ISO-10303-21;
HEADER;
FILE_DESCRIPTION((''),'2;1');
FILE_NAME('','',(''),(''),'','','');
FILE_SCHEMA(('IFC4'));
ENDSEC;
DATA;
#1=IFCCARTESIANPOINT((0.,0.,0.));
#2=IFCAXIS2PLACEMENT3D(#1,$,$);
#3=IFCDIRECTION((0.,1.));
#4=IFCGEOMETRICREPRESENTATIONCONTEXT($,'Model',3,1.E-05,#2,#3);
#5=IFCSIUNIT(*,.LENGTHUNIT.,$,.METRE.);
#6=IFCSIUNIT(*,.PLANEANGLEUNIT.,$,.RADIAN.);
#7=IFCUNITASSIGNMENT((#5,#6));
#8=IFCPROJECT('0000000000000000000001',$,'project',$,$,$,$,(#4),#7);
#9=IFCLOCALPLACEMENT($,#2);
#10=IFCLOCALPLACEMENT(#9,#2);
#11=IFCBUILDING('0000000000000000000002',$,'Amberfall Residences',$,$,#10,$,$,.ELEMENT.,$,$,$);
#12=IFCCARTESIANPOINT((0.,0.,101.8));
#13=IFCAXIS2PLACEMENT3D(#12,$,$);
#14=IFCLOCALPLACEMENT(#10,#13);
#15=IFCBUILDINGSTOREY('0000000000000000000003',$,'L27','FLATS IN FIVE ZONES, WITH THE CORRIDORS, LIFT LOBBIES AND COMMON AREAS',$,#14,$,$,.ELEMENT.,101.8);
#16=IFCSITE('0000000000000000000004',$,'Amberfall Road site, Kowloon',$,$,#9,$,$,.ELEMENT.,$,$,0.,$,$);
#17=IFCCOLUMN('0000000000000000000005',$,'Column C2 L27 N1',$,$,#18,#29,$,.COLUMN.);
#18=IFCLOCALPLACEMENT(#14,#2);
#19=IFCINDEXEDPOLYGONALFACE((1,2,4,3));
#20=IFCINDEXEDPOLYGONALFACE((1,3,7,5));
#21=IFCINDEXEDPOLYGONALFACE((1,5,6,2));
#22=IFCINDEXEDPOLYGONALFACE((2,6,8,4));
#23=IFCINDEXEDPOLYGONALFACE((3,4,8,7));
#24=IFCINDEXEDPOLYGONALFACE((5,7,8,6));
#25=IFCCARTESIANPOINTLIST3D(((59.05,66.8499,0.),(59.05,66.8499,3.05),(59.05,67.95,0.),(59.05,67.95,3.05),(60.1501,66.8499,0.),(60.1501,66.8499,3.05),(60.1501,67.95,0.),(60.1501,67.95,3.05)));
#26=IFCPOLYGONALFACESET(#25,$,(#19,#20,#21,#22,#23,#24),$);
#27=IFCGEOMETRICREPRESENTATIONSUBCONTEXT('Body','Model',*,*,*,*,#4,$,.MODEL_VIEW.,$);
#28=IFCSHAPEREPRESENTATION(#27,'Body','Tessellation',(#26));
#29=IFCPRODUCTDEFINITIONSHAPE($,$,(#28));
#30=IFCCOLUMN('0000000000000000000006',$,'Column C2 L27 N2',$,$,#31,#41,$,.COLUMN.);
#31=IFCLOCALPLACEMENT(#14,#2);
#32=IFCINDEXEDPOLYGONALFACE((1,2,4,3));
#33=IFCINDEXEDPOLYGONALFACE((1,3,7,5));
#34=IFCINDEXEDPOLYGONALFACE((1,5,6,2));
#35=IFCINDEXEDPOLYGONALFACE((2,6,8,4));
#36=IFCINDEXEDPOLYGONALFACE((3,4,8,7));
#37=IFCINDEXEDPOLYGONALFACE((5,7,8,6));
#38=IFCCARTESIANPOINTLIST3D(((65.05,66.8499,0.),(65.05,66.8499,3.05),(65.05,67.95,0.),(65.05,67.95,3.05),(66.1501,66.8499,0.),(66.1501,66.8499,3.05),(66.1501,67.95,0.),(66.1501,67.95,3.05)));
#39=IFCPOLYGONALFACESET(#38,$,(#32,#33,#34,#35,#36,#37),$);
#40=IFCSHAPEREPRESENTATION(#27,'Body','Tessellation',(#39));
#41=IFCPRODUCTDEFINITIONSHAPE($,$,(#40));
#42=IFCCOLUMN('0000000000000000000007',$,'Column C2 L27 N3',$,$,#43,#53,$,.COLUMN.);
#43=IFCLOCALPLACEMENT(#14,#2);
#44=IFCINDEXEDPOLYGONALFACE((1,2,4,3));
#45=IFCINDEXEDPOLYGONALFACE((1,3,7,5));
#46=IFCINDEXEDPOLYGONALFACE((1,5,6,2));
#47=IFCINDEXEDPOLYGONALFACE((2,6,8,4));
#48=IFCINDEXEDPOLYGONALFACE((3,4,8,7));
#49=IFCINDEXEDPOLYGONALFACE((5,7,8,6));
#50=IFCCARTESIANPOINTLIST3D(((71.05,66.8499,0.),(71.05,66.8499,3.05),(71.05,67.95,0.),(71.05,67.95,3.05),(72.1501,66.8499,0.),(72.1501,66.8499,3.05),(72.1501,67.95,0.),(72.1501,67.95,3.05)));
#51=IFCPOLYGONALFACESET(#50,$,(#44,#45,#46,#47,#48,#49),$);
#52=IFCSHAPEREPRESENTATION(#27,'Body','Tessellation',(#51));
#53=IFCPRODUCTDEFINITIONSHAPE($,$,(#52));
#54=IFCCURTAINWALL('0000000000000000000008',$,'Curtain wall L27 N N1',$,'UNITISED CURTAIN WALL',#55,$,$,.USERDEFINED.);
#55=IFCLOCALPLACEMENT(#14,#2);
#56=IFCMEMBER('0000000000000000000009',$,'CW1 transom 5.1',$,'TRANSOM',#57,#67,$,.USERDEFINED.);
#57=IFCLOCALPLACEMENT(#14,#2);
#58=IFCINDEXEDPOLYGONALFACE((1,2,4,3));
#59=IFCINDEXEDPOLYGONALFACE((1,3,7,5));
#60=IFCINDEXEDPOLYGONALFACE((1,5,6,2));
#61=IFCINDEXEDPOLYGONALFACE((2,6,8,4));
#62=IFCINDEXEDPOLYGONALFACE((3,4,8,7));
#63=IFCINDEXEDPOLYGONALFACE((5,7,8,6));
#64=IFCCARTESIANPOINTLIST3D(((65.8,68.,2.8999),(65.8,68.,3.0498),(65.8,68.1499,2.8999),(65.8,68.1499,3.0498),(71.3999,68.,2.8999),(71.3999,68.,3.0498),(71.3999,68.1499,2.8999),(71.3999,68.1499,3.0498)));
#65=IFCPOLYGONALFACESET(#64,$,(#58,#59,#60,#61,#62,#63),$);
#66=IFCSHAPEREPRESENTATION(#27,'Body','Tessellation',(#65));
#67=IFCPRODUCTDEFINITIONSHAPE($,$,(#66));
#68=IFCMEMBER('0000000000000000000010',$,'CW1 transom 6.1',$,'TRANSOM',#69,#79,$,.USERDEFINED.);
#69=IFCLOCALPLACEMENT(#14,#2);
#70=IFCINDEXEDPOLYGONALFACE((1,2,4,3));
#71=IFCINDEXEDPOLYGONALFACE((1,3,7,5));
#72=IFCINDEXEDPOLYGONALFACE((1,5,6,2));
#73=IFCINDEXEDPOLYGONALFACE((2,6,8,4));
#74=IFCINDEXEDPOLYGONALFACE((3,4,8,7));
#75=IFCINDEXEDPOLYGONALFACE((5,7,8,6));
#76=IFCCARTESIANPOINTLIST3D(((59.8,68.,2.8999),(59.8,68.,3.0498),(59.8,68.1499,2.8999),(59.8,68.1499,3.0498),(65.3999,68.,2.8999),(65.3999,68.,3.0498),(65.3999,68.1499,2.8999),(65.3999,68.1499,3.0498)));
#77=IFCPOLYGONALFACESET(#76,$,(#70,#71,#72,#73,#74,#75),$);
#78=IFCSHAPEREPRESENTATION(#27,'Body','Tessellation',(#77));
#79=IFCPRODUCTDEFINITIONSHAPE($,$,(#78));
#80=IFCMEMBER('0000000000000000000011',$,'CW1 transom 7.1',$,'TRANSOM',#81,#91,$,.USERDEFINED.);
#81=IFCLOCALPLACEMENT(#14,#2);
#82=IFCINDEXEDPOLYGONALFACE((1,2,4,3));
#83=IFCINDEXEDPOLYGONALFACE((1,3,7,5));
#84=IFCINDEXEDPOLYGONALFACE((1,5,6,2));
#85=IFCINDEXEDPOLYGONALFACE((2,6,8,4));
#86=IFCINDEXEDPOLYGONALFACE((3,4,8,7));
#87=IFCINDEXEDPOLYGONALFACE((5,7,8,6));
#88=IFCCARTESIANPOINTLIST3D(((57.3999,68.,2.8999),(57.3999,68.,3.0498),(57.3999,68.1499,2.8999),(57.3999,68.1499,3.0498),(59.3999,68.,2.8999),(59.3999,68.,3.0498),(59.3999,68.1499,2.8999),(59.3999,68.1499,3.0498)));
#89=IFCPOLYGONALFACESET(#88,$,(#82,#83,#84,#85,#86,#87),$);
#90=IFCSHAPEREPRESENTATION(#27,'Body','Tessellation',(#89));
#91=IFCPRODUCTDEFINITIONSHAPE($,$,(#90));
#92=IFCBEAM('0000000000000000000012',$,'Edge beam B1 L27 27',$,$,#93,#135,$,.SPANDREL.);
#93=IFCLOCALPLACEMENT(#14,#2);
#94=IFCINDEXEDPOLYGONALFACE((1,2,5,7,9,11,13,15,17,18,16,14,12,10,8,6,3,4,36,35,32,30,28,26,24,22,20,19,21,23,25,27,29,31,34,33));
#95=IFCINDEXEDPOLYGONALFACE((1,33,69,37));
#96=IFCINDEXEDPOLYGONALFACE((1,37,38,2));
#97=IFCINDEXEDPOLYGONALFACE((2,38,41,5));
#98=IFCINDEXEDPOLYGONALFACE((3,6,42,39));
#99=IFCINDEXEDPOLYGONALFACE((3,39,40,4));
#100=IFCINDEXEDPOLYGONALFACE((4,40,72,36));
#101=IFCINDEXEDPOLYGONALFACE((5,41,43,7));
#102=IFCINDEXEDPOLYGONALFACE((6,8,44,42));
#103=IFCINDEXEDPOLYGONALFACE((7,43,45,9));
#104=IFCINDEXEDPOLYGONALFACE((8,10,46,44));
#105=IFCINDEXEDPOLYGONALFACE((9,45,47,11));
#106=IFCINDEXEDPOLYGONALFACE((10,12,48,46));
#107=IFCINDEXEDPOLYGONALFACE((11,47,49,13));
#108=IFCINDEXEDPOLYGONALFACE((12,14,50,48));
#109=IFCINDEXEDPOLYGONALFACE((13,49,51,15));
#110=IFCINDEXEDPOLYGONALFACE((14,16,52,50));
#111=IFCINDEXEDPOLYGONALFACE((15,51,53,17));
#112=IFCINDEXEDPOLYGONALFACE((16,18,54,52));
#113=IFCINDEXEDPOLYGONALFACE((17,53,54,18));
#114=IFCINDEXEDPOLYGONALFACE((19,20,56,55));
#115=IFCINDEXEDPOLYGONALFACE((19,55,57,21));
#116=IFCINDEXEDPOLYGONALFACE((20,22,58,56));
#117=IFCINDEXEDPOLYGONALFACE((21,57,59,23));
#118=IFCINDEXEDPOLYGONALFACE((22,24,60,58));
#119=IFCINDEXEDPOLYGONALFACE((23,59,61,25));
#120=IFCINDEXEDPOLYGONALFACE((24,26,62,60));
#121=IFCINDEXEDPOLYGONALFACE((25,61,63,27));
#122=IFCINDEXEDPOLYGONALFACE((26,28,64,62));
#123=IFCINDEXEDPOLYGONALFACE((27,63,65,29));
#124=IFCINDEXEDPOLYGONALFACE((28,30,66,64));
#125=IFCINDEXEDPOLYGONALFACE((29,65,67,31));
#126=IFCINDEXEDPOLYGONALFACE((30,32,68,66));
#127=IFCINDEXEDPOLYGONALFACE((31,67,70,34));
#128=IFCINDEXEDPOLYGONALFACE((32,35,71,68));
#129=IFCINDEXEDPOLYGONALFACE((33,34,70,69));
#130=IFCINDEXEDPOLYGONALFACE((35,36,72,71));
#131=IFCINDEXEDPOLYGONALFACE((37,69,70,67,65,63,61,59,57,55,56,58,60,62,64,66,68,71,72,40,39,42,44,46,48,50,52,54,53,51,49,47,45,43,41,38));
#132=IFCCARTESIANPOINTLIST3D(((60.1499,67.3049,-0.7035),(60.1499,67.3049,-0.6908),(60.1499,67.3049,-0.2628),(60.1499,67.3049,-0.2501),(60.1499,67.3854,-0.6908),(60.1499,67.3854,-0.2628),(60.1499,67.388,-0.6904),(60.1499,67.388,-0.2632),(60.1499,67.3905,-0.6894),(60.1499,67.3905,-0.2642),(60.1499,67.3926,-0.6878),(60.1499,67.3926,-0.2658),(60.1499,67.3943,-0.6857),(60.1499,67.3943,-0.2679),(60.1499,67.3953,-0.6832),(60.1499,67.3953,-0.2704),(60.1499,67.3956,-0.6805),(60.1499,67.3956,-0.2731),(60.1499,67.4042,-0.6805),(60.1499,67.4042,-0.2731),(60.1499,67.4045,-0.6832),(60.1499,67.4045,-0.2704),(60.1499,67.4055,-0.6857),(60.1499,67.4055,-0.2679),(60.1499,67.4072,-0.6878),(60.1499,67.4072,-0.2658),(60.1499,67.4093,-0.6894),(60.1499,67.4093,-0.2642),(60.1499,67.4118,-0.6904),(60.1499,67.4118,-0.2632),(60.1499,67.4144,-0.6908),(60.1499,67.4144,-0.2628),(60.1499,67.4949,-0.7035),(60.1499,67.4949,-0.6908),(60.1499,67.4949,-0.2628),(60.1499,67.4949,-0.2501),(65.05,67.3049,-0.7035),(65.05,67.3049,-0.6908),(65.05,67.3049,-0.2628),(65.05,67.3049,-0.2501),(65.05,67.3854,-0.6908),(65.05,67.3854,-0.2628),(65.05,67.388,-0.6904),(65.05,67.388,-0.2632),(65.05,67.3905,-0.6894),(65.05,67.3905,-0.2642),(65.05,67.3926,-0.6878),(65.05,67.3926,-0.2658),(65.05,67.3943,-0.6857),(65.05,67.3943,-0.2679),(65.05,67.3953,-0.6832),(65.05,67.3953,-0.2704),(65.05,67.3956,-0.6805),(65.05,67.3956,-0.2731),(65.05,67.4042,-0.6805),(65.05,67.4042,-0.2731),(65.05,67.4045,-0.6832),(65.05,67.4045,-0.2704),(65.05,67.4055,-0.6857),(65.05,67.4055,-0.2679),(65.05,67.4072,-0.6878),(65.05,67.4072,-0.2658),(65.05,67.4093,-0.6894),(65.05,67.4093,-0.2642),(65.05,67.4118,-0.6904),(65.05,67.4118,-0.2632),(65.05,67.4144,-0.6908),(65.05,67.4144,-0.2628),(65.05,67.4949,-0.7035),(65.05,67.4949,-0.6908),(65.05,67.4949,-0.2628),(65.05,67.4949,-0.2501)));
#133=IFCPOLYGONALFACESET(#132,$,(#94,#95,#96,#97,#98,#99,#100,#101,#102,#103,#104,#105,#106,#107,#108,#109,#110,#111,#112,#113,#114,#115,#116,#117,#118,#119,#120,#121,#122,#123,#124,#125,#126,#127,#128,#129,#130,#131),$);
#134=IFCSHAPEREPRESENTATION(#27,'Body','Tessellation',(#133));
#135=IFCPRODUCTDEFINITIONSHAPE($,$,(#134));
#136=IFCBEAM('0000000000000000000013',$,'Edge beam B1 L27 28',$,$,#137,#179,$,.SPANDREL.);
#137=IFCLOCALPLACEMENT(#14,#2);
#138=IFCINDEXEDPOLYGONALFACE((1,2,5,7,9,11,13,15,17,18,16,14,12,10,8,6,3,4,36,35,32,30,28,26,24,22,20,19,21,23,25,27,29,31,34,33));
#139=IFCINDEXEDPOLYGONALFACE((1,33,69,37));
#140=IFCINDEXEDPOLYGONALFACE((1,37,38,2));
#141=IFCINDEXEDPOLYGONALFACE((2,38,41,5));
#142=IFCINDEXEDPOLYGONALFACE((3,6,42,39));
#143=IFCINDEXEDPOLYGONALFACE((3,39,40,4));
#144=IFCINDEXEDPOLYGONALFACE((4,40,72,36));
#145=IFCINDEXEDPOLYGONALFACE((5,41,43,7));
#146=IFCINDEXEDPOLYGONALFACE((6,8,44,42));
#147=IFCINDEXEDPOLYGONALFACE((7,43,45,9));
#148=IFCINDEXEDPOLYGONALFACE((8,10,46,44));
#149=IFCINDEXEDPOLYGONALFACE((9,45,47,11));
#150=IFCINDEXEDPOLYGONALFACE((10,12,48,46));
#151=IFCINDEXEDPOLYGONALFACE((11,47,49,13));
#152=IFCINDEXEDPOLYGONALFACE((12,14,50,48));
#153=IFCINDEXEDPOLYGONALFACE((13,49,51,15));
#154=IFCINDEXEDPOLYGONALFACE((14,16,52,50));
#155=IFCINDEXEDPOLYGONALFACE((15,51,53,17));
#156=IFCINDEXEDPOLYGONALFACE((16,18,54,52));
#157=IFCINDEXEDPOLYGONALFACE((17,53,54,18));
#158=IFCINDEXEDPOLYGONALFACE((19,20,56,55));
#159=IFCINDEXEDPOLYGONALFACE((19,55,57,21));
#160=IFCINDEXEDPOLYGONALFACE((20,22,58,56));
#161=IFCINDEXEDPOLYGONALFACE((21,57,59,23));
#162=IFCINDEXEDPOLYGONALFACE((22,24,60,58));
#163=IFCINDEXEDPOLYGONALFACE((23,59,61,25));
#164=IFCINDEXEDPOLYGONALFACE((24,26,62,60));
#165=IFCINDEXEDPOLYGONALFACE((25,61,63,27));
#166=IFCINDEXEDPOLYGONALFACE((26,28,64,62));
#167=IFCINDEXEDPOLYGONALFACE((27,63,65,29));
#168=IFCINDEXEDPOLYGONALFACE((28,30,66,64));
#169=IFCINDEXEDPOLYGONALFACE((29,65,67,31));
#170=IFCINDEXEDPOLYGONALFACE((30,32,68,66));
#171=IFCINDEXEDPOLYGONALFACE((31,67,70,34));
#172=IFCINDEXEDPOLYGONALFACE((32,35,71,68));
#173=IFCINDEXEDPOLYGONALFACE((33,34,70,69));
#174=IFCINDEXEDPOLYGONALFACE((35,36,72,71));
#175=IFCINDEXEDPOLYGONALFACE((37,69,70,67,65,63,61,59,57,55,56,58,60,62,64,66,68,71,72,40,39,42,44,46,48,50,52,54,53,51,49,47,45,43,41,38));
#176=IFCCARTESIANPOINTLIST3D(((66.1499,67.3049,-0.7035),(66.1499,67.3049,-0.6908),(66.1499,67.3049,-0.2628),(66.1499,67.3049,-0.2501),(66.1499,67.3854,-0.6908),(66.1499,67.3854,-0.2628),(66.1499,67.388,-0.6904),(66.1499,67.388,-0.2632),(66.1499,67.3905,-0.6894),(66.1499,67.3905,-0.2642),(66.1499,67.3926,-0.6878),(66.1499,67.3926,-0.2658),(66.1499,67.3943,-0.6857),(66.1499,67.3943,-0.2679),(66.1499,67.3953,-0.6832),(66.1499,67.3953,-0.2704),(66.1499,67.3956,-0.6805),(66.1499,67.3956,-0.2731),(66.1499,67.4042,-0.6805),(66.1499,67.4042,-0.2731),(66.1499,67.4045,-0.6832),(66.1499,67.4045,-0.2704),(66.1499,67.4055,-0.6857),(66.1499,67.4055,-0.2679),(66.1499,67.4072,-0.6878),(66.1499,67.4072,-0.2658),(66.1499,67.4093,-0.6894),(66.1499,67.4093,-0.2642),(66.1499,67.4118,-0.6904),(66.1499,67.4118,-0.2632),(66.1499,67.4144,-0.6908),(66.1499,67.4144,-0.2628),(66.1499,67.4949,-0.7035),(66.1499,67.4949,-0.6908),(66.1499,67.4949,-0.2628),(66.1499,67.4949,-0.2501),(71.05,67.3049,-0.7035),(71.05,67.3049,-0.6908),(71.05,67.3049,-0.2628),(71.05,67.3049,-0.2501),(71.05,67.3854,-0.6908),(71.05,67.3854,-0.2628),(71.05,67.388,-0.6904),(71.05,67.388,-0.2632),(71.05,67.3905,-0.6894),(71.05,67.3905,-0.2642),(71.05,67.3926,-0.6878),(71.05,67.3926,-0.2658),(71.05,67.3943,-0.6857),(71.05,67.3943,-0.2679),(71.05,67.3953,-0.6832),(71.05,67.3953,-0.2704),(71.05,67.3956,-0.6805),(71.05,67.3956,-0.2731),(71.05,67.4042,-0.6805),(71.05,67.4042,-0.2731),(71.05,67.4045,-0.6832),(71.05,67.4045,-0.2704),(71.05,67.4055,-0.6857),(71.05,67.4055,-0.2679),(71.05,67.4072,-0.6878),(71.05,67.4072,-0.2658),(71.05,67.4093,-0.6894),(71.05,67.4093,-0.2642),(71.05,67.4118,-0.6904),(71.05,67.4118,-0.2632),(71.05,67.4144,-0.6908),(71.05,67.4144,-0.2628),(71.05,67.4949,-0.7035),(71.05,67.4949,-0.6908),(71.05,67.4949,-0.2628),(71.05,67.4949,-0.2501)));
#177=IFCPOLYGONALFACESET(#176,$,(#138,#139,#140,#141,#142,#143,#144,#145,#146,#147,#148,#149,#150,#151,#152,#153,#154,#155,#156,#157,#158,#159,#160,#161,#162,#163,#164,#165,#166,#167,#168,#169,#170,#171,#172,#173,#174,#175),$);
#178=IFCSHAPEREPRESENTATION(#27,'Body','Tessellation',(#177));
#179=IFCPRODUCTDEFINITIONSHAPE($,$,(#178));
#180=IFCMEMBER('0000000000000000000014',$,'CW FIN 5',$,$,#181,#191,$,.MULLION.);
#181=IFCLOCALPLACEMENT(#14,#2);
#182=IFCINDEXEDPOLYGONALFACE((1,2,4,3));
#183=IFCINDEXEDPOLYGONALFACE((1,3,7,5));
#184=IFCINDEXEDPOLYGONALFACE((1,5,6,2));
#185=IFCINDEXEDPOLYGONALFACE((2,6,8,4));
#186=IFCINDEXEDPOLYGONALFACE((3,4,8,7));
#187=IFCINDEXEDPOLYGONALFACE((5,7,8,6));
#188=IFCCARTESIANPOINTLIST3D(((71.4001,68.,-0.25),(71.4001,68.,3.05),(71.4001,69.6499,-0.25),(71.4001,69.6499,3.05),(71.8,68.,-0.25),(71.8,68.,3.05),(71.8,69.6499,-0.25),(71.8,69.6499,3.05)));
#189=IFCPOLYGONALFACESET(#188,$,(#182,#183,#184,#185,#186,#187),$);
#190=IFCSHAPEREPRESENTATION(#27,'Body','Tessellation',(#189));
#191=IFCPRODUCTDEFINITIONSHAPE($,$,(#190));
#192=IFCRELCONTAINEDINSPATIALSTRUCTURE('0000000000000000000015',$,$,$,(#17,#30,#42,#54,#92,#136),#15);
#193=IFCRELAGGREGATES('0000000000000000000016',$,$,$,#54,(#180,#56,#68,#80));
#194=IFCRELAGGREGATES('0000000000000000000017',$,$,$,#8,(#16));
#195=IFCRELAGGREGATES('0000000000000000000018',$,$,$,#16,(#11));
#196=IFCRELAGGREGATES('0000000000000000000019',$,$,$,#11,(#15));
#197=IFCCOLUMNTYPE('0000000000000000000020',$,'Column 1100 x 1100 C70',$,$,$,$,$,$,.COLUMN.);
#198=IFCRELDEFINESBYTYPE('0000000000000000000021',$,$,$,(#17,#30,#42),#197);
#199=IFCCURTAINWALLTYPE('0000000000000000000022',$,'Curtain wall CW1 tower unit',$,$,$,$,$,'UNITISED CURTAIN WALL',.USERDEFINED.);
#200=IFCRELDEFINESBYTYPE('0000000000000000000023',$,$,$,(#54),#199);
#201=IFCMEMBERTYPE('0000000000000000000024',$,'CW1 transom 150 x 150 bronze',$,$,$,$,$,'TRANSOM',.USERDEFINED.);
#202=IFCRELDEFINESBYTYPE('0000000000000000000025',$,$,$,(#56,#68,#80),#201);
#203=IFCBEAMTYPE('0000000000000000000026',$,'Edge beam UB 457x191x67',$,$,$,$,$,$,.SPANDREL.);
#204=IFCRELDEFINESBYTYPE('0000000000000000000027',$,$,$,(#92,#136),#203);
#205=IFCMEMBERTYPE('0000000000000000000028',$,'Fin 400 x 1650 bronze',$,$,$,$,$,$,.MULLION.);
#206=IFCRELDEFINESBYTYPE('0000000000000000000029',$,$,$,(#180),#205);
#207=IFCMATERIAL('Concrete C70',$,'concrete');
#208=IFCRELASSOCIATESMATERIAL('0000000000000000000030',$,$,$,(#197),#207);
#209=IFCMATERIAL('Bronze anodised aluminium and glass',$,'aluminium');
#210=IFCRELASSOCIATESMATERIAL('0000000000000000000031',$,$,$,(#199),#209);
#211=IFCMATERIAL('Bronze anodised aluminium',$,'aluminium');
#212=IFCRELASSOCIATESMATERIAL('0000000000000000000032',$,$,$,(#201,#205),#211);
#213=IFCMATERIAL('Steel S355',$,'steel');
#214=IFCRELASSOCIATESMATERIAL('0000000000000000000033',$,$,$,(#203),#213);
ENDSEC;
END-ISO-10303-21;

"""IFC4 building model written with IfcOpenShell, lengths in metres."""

from ifc_helpers import new_model, si_unit, direction, frame, origin, origin_2d, place, context, subcontext, project, spatial, rectangle, i_section, extrude, material, material_profile, profile_set, type_object, element, aggregate, save


model = new_model("IFC4")

# Units and contexts
model_context = context("Model", 3, precision=1e-05, world=origin(), true_north=direction((0.0, 1.0)))
body_context = subcontext(model_context, "Body", "Model", "MODEL_VIEW")
ifc_project = project(units=[si_unit("LENGTHUNIT", "METRE"), si_unit("PLANEANGLEUNIT", "RADIAN")], contexts=[model_context])

# Site, building, storey
site_placement = place(None, origin())
site = spatial("IfcSite", under=ifc_project, at=site_placement, Name="Amberfall Road site, Kowloon", CompositionType="ELEMENT", RefElevation=0.0)
building_placement = place(site_placement, origin())
building = spatial("IfcBuilding", under=site, at=building_placement, Name="Amberfall Residences", CompositionType="ELEMENT")
storey_placement = place(building_placement, frame((0.0, 0.0, 101.8)))
storey = spatial("IfcBuildingStorey", under=building, at=storey_placement, Name="L27", Description="FLATS IN FIVE ZONES, WITH THE CORRIDORS, LIFT LOBBIES AND COMMON AREAS", CompositionType="ELEMENT", Elevation=101.8)

# Columns
ifc_material_1 = material(Name="Concrete C70", Category="concrete")
ifc_material_profile_1 = material_profile(ifc_material_1, rectangle(XDim=1.1001, YDim=1.1001, at=origin_2d()), Name="Column 1100 x 1100 C70")
ifc_profile_set_1 = profile_set([ifc_material_profile_1], Name="Concrete C70")
column_type = type_object("IfcColumnType", Name="Column 1100 x 1100 C70", PredefinedType="COLUMN", material=ifc_profile_set_1)
for number, where, z_axis, x_axis, name in (
    (1, (59.6001, 67.3999, 0.0), (0.0, 0.0, 1.0), (1.0, 0.0, 0.0), "Column C2 L27 N1"),
    (2, (65.6001, 67.3999, 0.0), (0.0, 0.0, 1.0), (1.0, 0.0, 0.0), "Column C2 L27 N2"),
    (3, (71.6001, 67.3999, 0.0), (0.0, 0.0, 1.0), (1.0, 0.0, 0.0), "Column C2 L27 N3"),
):
    element("IfcColumn", number, at=place(storey_placement, frame(where, z_axis=z_axis, x_axis=x_axis)), inside=storey, type_object=column_type, Name=name, PredefinedType="COLUMN", context=body_context, shape_type="SweptSolid", body=[
        extrude(rectangle(XDim=1.1001, YDim=1.1001, at=origin_2d()), origin(), (0.0, 0.0, 1.0), 3.05),
    ])

# Curtain wall, members
ifc_material_2 = material(Name="Bronze anodised aluminium and glass", Category="aluminium")
curtain_wall_type = type_object("IfcCurtainWallType", Name="Curtain wall CW1 tower unit", ElementType="UNITISED CURTAIN WALL", PredefinedType="USERDEFINED", material=ifc_material_2)
curtain_wall_placement = place(storey_placement, origin())
curtain_wall = element("IfcCurtainWall", 4, at=curtain_wall_placement, inside=storey, type_object=curtain_wall_type, Name="Curtain wall L27 N N1", ObjectType="UNITISED CURTAIN WALL", PredefinedType="USERDEFINED")
ifc_material_3 = material(Name="Bronze anodised aluminium", Category="aluminium")
ifc_material_profile_2 = material_profile(ifc_material_3, rectangle(XDim=0.1499, YDim=0.1499, at=origin_2d()), Name="CW1 transom 150 x 150 bronze")
ifc_profile_set_2 = profile_set([ifc_material_profile_2], Name="Bronze anodised aluminium")
member_type_1 = type_object("IfcMemberType", Name="CW1 transom 150 x 150 bronze", ElementType="TRANSOM", PredefinedType="USERDEFINED", material=ifc_profile_set_2)
member_1_placement = place(storey_placement, frame((71.3999, 68.075, 2.9749), z_axis=(-1.0, 0.0, 0.0), x_axis=(0.0, -1.0, 0.0)))
member_1 = element("IfcMember", 5, at=member_1_placement, type_object=member_type_1, Name="CW1 transom 5.1", ObjectType="TRANSOM", PredefinedType="USERDEFINED", context=body_context, shape_type="SweptSolid", body=[
    extrude(rectangle(XDim=0.1499, YDim=0.1499, at=origin_2d()), origin(), (0.0, 0.0, 1.0), 5.5999),
])
member_2_placement = place(storey_placement, frame((65.3999, 68.075, 2.9749), z_axis=(-1.0, 0.0, 0.0), x_axis=(0.0, -1.0, 0.0)))
member_2 = element("IfcMember", 6, at=member_2_placement, type_object=member_type_1, Name="CW1 transom 6.1", ObjectType="TRANSOM", PredefinedType="USERDEFINED", context=body_context, shape_type="SweptSolid", body=[
    extrude(rectangle(XDim=0.1499, YDim=0.1499, at=origin_2d()), origin(), (0.0, 0.0, 1.0), 5.5999),
])
member_3_placement = place(storey_placement, frame((59.3999, 68.075, 2.9749), z_axis=(-1.0, 0.0, 0.0), x_axis=(0.0, -1.0, 0.0)))
member_3 = element("IfcMember", 7, at=member_3_placement, type_object=member_type_1, Name="CW1 transom 7.1", ObjectType="TRANSOM", PredefinedType="USERDEFINED", context=body_context, shape_type="SweptSolid", body=[
    extrude(rectangle(XDim=0.1499, YDim=0.1499, at=origin_2d()), origin(), (0.0, 0.0, 1.0), 2.0),
])

# Beams
ifc_material_4 = material(Name="Steel S355", Category="steel")
ifc_material_profile_3 = material_profile(ifc_material_4, i_section(OverallWidth=0.1899, OverallDepth=0.4534, WebThickness=0.0085, FlangeThickness=0.0127, FilletRadius=0.0103, at=origin_2d()), Name="UB 457x191x67")
ifc_profile_set_3 = profile_set([ifc_material_profile_3], Name="Steel S355")
beam_type_1 = type_object("IfcBeamType", Name="Edge beam UB 457x191x67", PredefinedType="SPANDREL", material=ifc_profile_set_3)
for number, where, z_axis, x_axis, name in (
    (8, (60.1499, 67.3999, -0.4768), (1.0, 0.0, 0.0), (0.0, 1.0, 0.0), "Edge beam B1 L27 27"),
    (9, (66.1499, 67.3999, -0.4768), (1.0, 0.0, 0.0), (0.0, 1.0, 0.0), "Edge beam B1 L27 28"),
):
    element("IfcBeam", number, at=place(storey_placement, frame(where, z_axis=z_axis, x_axis=x_axis)), inside=storey, type_object=beam_type_1, Name=name, PredefinedType="SPANDREL", context=body_context, shape_type="SweptSolid", body=[
        extrude(i_section(OverallWidth=0.1899, OverallDepth=0.4534, WebThickness=0.0085, FlangeThickness=0.0127, FilletRadius=0.0103, at=origin_2d()), origin(), (0.0, 0.0, 1.0), 4.9001),
    ])

# Member
ifc_material_profile_4 = material_profile(ifc_material_3, rectangle(XDim=1.6499, YDim=0.3999, at=origin_2d()), Name="Fin 400 x 1650 bronze")
ifc_profile_set_4 = profile_set([ifc_material_profile_4], Name="Bronze anodised aluminium")
member_type_2 = type_object("IfcMemberType", Name="Fin 400 x 1650 bronze", PredefinedType="MULLION", material=ifc_profile_set_4)
member_4_placement = place(storey_placement, frame((71.6001, 68.825, -0.25), z_axis=(0.0, 0.0, 1.0), x_axis=(0.0, -1.0, 0.0)))
member_4 = element("IfcMember", 10, at=member_4_placement, type_object=member_type_2, Name="CW FIN 5", PredefinedType="MULLION", context=body_context, shape_type="SweptSolid", body=[
    extrude(rectangle(XDim=1.6499, YDim=0.3999, at=origin_2d()), origin(), (0.0, 0.0, 1.0), 3.3),
])

aggregate(curtain_wall, [member_4, member_1, member_2, member_3])

save(model, "model.ifc")
